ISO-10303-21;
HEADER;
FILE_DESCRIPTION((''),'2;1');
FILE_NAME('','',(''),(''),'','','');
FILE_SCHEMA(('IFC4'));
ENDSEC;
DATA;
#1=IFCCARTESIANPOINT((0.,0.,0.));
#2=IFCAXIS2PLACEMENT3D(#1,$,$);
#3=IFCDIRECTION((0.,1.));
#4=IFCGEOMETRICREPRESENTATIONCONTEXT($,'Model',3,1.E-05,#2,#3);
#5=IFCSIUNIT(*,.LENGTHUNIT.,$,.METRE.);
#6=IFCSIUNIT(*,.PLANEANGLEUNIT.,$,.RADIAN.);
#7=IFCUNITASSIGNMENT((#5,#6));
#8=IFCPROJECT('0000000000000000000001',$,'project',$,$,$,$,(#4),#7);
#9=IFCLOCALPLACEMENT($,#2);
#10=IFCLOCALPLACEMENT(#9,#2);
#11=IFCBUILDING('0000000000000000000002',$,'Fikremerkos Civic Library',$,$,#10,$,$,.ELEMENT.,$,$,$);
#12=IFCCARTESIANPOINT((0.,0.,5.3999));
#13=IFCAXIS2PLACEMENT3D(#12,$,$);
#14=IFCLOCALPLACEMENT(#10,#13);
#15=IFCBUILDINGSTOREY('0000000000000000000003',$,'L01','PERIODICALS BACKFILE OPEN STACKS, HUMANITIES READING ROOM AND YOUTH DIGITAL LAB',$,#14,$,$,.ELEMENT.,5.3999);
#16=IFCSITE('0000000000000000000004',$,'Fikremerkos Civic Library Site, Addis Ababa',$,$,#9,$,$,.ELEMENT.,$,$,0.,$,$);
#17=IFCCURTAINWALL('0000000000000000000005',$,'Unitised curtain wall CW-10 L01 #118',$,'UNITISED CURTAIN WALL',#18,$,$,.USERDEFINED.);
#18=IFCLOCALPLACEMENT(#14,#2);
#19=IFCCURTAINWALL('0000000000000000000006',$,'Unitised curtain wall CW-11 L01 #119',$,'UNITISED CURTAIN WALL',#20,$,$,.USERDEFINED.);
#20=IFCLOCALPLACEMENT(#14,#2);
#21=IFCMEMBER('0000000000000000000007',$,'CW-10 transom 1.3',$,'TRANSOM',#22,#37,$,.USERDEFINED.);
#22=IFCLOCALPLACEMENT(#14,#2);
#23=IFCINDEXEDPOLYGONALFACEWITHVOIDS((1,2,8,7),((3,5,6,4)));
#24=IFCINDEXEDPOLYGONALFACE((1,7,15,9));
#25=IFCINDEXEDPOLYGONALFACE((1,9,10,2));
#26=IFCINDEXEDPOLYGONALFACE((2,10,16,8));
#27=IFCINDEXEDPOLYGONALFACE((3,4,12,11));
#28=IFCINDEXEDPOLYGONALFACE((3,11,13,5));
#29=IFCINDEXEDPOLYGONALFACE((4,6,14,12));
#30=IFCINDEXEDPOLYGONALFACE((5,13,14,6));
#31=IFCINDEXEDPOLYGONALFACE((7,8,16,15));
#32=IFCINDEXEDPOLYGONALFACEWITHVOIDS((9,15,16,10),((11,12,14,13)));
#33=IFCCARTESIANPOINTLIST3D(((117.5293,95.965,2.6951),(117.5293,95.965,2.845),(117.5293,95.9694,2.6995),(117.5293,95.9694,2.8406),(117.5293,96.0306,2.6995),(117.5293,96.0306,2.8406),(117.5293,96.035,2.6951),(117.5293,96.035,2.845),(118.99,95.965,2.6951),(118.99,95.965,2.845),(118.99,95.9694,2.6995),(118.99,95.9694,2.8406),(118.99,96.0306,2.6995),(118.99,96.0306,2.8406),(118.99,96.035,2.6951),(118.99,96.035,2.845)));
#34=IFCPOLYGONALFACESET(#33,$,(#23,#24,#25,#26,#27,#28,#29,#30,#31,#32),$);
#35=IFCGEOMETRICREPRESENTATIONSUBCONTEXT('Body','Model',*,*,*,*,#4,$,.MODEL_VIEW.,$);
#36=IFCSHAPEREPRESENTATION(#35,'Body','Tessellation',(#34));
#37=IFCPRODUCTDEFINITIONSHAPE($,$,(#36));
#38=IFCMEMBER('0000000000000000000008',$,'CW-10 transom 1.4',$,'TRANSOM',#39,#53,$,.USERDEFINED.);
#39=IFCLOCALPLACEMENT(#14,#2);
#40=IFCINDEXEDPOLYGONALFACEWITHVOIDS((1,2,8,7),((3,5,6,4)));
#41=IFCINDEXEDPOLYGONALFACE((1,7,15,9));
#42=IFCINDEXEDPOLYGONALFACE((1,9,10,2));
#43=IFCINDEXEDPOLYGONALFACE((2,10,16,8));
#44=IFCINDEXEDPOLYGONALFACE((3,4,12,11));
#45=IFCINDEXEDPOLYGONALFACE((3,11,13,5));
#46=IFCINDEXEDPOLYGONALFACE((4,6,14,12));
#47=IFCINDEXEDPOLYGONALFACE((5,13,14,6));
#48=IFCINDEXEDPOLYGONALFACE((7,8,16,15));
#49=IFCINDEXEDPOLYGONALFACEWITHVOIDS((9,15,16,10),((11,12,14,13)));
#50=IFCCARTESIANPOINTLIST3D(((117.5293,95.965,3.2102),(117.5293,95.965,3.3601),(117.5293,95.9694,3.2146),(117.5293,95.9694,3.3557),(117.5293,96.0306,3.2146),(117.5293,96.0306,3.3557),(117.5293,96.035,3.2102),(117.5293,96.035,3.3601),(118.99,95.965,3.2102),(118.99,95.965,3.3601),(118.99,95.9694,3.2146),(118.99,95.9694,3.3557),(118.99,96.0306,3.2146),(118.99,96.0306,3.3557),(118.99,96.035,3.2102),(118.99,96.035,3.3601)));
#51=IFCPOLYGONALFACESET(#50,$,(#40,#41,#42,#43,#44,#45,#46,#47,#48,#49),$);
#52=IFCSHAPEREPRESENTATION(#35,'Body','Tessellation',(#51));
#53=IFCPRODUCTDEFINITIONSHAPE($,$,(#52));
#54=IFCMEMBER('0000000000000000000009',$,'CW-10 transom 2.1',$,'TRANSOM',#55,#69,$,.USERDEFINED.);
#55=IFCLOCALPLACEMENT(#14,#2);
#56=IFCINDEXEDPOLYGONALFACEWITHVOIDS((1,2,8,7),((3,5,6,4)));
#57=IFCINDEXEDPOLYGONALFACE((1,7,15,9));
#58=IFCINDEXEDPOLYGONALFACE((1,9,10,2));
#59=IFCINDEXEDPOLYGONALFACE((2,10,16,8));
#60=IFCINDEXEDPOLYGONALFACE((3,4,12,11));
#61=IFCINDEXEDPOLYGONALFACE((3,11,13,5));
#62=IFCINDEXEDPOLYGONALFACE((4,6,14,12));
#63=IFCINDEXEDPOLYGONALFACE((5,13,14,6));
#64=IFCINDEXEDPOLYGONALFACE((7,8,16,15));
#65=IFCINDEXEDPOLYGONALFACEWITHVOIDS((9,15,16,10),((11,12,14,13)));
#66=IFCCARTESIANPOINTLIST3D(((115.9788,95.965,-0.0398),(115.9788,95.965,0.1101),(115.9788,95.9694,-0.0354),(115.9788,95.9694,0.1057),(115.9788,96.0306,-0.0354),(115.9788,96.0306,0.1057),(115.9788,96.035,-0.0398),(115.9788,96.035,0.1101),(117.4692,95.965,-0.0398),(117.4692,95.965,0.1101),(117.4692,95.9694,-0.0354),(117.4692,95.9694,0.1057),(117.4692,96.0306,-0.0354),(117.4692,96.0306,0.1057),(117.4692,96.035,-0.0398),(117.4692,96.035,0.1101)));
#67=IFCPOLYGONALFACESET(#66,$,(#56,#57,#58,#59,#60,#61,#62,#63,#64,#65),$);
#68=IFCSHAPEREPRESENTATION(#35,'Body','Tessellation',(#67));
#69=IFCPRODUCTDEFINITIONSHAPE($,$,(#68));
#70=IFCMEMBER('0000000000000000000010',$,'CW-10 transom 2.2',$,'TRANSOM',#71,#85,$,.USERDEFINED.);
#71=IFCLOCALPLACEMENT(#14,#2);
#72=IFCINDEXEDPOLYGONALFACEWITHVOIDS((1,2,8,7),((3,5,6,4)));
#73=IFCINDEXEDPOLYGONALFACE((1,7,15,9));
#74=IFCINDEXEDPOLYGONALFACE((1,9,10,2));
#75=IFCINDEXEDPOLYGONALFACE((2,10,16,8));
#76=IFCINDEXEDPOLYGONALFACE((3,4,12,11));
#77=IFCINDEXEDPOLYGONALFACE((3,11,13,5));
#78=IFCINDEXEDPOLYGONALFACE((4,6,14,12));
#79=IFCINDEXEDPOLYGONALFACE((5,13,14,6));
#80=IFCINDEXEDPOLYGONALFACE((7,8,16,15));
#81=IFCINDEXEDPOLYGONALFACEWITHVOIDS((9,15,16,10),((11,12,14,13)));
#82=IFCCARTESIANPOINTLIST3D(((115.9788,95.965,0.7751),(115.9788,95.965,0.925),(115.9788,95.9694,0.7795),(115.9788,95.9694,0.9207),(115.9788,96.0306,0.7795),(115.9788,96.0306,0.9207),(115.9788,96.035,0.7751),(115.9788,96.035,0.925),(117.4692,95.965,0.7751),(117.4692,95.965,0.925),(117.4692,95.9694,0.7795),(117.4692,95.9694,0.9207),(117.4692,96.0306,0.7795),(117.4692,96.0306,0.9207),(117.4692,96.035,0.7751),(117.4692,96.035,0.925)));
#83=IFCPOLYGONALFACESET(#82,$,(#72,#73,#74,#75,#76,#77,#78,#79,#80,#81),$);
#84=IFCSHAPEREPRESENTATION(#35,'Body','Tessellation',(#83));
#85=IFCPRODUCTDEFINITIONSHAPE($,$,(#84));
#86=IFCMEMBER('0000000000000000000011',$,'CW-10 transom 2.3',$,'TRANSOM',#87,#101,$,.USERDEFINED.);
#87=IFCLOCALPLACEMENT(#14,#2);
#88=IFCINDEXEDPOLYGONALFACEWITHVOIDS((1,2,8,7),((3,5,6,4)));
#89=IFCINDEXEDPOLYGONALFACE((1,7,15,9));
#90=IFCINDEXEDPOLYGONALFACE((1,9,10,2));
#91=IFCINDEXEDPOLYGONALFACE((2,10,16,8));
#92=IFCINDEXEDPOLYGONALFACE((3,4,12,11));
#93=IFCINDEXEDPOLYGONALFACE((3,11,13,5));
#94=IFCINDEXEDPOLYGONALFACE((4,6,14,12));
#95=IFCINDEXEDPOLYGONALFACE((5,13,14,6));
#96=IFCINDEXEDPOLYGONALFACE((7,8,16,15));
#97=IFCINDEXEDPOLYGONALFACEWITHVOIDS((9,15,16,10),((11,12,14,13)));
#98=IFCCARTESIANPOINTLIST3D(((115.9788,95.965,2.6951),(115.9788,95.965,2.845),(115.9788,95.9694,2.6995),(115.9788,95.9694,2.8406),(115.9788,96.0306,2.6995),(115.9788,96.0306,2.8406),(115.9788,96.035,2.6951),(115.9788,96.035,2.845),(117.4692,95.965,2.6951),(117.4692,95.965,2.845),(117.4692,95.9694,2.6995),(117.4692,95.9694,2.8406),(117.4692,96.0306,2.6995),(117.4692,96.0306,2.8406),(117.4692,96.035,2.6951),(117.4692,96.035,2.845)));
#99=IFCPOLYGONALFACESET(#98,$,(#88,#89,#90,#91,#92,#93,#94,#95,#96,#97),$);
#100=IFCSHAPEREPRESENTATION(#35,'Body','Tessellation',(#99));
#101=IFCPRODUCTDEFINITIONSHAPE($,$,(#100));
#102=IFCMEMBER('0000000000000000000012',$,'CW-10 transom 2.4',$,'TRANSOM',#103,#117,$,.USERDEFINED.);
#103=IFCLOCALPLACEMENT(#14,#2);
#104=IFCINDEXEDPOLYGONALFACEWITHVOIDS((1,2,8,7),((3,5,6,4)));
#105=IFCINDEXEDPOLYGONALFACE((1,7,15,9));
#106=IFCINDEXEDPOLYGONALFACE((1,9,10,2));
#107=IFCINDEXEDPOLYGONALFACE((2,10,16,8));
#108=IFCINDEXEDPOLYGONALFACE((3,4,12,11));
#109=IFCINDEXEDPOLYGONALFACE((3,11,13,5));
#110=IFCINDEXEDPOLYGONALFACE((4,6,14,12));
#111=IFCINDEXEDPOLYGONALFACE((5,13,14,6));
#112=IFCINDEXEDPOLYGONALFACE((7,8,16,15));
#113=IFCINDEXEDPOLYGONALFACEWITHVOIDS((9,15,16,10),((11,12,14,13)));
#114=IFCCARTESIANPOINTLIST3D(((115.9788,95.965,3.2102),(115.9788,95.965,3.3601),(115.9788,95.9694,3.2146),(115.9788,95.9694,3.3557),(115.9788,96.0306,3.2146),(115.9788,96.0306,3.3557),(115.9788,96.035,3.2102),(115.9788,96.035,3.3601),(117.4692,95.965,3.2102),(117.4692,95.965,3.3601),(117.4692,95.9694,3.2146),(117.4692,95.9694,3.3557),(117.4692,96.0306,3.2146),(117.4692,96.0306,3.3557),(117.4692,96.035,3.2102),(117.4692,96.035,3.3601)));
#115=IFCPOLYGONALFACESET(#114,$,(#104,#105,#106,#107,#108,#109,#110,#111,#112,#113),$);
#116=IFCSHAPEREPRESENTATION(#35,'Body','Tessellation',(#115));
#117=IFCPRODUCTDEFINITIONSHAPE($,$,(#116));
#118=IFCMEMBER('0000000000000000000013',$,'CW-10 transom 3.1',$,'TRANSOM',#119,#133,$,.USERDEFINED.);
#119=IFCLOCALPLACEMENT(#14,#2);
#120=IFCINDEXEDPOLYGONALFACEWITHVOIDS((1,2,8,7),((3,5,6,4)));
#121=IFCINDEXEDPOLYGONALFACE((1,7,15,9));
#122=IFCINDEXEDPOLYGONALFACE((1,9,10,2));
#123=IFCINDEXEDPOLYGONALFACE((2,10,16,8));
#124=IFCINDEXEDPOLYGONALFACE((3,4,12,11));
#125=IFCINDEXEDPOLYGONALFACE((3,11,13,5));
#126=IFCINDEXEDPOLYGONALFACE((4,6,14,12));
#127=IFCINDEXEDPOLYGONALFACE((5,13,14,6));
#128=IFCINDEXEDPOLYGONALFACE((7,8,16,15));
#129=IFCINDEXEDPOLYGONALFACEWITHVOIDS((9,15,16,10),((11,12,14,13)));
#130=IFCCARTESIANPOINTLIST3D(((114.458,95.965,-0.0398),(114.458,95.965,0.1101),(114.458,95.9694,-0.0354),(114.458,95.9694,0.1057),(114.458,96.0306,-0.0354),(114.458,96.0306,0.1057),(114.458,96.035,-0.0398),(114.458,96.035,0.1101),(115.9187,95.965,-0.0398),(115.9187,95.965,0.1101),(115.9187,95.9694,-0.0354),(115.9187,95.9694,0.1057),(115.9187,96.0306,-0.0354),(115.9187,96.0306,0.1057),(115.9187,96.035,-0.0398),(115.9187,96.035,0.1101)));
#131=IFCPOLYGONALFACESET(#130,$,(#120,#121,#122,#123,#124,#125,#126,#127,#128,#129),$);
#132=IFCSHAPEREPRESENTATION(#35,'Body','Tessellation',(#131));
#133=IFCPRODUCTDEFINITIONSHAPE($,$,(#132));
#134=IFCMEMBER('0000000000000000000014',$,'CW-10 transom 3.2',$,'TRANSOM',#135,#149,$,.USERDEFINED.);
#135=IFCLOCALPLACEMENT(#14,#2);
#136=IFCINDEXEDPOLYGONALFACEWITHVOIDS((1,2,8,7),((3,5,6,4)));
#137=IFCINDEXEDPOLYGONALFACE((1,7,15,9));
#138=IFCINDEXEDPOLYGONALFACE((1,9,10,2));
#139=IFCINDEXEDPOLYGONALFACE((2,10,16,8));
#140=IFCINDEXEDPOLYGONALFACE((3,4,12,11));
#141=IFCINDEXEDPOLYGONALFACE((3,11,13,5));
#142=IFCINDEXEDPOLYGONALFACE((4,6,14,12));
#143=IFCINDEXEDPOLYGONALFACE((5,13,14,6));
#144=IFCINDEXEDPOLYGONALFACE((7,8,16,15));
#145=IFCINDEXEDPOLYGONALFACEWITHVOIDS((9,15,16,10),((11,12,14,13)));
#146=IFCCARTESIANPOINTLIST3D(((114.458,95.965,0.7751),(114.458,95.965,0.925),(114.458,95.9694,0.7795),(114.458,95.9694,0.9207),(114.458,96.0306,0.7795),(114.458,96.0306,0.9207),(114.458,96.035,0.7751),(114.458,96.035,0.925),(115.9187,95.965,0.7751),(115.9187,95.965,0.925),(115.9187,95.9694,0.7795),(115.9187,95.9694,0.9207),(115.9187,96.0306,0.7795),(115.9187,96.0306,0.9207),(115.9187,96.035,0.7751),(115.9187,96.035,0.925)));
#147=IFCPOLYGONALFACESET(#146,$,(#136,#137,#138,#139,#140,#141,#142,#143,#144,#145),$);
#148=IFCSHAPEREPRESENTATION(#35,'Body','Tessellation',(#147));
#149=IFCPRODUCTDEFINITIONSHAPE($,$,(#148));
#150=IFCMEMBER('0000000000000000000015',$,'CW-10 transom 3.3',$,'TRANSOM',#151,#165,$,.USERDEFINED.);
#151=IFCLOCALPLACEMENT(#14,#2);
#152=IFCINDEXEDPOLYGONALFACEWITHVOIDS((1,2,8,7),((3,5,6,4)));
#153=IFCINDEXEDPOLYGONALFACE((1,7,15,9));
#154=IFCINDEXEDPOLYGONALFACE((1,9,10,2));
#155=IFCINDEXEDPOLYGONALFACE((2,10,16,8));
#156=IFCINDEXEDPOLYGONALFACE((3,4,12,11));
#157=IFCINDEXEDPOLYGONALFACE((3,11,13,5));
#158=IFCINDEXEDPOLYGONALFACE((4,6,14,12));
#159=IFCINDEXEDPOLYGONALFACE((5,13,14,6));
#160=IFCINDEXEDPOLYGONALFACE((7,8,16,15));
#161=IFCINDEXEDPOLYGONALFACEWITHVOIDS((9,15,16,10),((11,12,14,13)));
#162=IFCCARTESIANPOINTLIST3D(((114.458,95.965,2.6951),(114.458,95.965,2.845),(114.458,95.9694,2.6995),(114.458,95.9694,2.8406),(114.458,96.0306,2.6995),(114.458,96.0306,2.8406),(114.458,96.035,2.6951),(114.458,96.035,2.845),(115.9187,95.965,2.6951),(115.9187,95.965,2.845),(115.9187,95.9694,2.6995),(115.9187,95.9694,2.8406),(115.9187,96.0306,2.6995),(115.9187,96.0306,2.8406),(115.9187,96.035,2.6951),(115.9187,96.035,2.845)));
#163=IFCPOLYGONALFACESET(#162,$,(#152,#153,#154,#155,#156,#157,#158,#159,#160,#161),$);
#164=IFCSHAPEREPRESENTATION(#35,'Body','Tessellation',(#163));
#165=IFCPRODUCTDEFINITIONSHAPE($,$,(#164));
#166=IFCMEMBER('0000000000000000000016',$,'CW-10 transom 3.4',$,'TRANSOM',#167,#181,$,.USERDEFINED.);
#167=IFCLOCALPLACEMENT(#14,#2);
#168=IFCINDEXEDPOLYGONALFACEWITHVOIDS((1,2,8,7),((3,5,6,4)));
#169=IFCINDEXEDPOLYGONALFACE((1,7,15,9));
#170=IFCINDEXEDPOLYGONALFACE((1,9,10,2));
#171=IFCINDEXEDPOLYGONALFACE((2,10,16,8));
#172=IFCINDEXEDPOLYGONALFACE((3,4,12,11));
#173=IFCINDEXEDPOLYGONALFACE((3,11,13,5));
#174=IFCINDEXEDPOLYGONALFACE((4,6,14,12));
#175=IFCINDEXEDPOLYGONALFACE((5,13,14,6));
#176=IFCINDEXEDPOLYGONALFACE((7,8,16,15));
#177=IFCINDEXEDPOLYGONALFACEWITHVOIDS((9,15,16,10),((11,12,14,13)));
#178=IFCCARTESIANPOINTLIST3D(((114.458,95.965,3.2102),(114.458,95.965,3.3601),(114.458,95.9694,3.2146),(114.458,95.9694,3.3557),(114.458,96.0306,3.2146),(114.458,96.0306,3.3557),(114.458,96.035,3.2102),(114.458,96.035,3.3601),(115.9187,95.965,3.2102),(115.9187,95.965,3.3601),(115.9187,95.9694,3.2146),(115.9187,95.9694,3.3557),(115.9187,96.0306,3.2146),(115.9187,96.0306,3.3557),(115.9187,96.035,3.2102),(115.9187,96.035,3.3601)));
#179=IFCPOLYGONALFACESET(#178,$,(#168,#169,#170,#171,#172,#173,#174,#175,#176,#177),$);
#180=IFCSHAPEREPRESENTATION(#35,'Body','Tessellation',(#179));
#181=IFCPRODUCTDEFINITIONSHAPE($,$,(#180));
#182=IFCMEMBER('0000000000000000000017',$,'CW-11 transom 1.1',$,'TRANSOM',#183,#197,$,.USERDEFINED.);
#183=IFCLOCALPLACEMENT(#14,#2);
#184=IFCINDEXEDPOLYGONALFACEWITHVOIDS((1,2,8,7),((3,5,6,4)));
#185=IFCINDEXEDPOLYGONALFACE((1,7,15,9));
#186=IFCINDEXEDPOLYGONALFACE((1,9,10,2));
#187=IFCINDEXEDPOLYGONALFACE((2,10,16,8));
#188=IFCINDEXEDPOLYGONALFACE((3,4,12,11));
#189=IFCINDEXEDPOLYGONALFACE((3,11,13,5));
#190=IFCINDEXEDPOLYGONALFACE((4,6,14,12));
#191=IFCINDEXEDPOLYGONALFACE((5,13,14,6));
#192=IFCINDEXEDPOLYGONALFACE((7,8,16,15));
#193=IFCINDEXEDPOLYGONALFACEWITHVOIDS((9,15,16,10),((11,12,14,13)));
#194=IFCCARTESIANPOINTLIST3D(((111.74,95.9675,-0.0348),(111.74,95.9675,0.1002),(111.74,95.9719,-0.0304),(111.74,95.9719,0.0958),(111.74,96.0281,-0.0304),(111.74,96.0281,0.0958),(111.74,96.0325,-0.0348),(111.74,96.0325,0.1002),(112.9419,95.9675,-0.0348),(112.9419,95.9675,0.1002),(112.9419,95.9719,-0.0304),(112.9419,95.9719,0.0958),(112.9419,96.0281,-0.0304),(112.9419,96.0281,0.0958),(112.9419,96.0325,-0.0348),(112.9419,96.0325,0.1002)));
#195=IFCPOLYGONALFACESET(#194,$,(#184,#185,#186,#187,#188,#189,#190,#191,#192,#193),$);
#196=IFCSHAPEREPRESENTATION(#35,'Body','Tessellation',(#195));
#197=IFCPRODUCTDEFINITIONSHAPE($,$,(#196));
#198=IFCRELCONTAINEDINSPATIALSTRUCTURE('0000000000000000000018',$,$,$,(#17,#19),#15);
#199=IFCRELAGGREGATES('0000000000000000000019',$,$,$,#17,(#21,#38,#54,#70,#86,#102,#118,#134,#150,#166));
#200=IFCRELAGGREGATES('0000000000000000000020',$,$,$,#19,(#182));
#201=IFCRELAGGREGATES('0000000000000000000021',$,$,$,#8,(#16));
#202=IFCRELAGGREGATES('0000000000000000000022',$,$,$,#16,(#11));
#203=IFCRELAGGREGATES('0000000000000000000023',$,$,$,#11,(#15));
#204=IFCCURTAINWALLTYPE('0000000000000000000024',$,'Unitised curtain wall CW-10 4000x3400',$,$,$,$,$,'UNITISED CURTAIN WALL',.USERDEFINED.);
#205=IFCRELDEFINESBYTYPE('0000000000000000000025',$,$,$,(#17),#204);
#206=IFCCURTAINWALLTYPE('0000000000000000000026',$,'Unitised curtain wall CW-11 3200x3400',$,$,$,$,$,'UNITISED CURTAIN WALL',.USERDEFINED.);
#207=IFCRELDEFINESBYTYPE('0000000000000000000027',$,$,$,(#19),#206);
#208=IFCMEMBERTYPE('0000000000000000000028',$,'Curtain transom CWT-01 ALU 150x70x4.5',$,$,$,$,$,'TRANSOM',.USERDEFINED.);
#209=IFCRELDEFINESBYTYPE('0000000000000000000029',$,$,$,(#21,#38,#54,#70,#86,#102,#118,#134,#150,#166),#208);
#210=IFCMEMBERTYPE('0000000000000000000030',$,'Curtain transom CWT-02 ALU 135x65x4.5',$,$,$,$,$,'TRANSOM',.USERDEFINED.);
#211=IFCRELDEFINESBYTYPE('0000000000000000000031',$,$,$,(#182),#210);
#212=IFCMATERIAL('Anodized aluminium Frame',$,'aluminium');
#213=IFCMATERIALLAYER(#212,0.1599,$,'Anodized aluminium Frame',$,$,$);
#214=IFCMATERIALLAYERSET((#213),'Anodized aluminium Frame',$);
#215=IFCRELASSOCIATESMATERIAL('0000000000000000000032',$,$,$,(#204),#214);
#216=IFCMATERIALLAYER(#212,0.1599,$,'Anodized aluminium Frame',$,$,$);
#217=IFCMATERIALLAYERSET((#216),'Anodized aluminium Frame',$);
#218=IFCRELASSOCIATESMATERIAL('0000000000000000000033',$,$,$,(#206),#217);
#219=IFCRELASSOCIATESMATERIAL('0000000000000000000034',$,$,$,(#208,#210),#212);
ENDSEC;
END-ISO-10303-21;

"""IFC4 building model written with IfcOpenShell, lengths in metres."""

from ifc_helpers import new_model, si_unit, direction, frame, origin, origin_2d, place, context, subcontext, project, spatial, hollow_rectangle, extrude, material, layer, layer_set, material_profile, profile_set, type_object, element, aggregate, save


model = new_model("IFC4")

# Units and contexts
model_context = context("Model", 3, precision=1e-05, world=origin(), true_north=direction((0.0, 1.0)))
body_context = subcontext(model_context, "Body", "Model", "MODEL_VIEW")
ifc_project = project(units=[si_unit("LENGTHUNIT", "METRE"), si_unit("PLANEANGLEUNIT", "RADIAN")], contexts=[model_context])

# Site, building, storey
site_placement = place(None, origin())
site = spatial("IfcSite", under=ifc_project, at=site_placement, Name="Fikremerkos Civic Library Site, Addis Ababa", CompositionType="ELEMENT", RefElevation=0.0)
building_placement = place(site_placement, origin())
building = spatial("IfcBuilding", under=site, at=building_placement, Name="Fikremerkos Civic Library", CompositionType="ELEMENT")
storey_placement = place(building_placement, frame((0.0, 0.0, 5.3999)))
storey = spatial("IfcBuildingStorey", under=building, at=storey_placement, Name="L01", Description="PERIODICALS BACKFILE OPEN STACKS, HUMANITIES READING ROOM AND YOUTH DIGITAL LAB", CompositionType="ELEMENT", Elevation=5.3999)

# Shared definitions
ifc_material_1 = material(Name="Anodized aluminium Frame", Category="aluminium")

# Curtain wall
ifc_layer_1 = layer(ifc_material_1, 0.1599, Name="Anodized aluminium Frame")
ifc_layer_set_1 = layer_set([ifc_layer_1], Name="Anodized aluminium Frame")
curtain_wall_type_1 = type_object("IfcCurtainWallType", Name="Unitised curtain wall CW-10 4000x3400", ElementType="UNITISED CURTAIN WALL", PredefinedType="USERDEFINED", material=ifc_layer_set_1)
curtain_wall_1_placement = place(storey_placement, origin())
curtain_wall_1 = element("IfcCurtainWall", 1, at=curtain_wall_1_placement, inside=storey, type_object=curtain_wall_type_1, Name="Unitised curtain wall CW-10 L01 #118", ObjectType="UNITISED CURTAIN WALL", PredefinedType="USERDEFINED")

# Curtain wall
ifc_layer_2 = layer(ifc_material_1, 0.1599, Name="Anodized aluminium Frame")
ifc_layer_set_2 = layer_set([ifc_layer_2], Name="Anodized aluminium Frame")
curtain_wall_type_2 = type_object("IfcCurtainWallType", Name="Unitised curtain wall CW-11 3200x3400", ElementType="UNITISED CURTAIN WALL", PredefinedType="USERDEFINED", material=ifc_layer_set_2)
curtain_wall_2_placement = place(storey_placement, origin())
curtain_wall_2 = element("IfcCurtainWall", 2, at=curtain_wall_2_placement, inside=storey, type_object=curtain_wall_type_2, Name="Unitised curtain wall CW-11 L01 #119", ObjectType="UNITISED CURTAIN WALL", PredefinedType="USERDEFINED")

# Members
ifc_material_profile_1 = material_profile(ifc_material_1, hollow_rectangle(XDim=0.0701, YDim=0.1499, WallThickness=0.0044, at=origin_2d()), Name="ALU 150x70x4.5")
ifc_profile_set_1 = profile_set([ifc_material_profile_1], Name="Anodized aluminium Frame")
member_type_1 = type_object("IfcMemberType", Name="Curtain transom CWT-01 ALU 150x70x4.5", ElementType="TRANSOM", PredefinedType="USERDEFINED", material=ifc_profile_set_1)
member_1_placement = place(storey_placement, frame((118.99, 96.0, 2.77), z_axis=(-1.0, 0.0, 0.0), x_axis=(0.0, -1.0, 0.0)))
member_1 = element("IfcMember", 3, at=member_1_placement, type_object=member_type_1, Name="CW-10 transom 1.3", ObjectType="TRANSOM", PredefinedType="USERDEFINED", context=body_context, shape_type="SweptSolid", body=[
    extrude(hollow_rectangle(XDim=0.0701, YDim=0.1499, WallThickness=0.0044, at=origin_2d()), origin(), (0.0, 0.0, 1.0), 1.4607),
])
member_2_placement = place(storey_placement, frame((118.99, 96.0, 3.2852), z_axis=(-1.0, 0.0, 0.0), x_axis=(0.0, -1.0, 0.0)))
member_2 = element("IfcMember", 4, at=member_2_placement, type_object=member_type_1, Name="CW-10 transom 1.4", ObjectType="TRANSOM", PredefinedType="USERDEFINED", context=body_context, shape_type="SweptSolid", body=[
    extrude(hollow_rectangle(XDim=0.0701, YDim=0.1499, WallThickness=0.0044, at=origin_2d()), origin(), (0.0, 0.0, 1.0), 1.4607),
])
member_3_placement = place(storey_placement, frame((117.4692, 96.0, 0.0352), z_axis=(-1.0, 0.0, 0.0), x_axis=(0.0, -1.0, 0.0)))
member_3 = element("IfcMember", 5, at=member_3_placement, type_object=member_type_1, Name="CW-10 transom 2.1", ObjectType="TRANSOM", PredefinedType="USERDEFINED", context=body_context, shape_type="SweptSolid", body=[
    extrude(hollow_rectangle(XDim=0.0701, YDim=0.1499, WallThickness=0.0044, at=origin_2d()), origin(), (0.0, 0.0, 1.0), 1.4905),
])
member_4_placement = place(storey_placement, frame((117.4692, 96.0, 0.8501), z_axis=(-1.0, 0.0, 0.0), x_axis=(0.0, -1.0, 0.0)))
member_4 = element("IfcMember", 6, at=member_4_placement, type_object=member_type_1, Name="CW-10 transom 2.2", ObjectType="TRANSOM", PredefinedType="USERDEFINED", context=body_context, shape_type="SweptSolid", body=[
    extrude(hollow_rectangle(XDim=0.0701, YDim=0.1499, WallThickness=0.0044, at=origin_2d()), origin(), (0.0, 0.0, 1.0), 1.4905),
])
member_5_placement = place(storey_placement, frame((117.4692, 96.0, 2.77), z_axis=(-1.0, 0.0, 0.0), x_axis=(0.0, -1.0, 0.0)))
member_5 = element("IfcMember", 7, at=member_5_placement, type_object=member_type_1, Name="CW-10 transom 2.3", ObjectType="TRANSOM", PredefinedType="USERDEFINED", context=body_context, shape_type="SweptSolid", body=[
    extrude(hollow_rectangle(XDim=0.0701, YDim=0.1499, WallThickness=0.0044, at=origin_2d()), origin(), (0.0, 0.0, 1.0), 1.4905),
])
member_6_placement = place(storey_placement, frame((117.4692, 96.0, 3.2852), z_axis=(-1.0, 0.0, 0.0), x_axis=(0.0, -1.0, 0.0)))
member_6 = element("IfcMember", 8, at=member_6_placement, type_object=member_type_1, Name="CW-10 transom 2.4", ObjectType="TRANSOM", PredefinedType="USERDEFINED", context=body_context, shape_type="SweptSolid", body=[
    extrude(hollow_rectangle(XDim=0.0701, YDim=0.1499, WallThickness=0.0044, at=origin_2d()), origin(), (0.0, 0.0, 1.0), 1.4905),
])
member_7_placement = place(storey_placement, frame((115.9187, 96.0, 0.0352), z_axis=(-1.0, 0.0, 0.0), x_axis=(0.0, -1.0, 0.0)))
member_7 = element("IfcMember", 9, at=member_7_placement, type_object=member_type_1, Name="CW-10 transom 3.1", ObjectType="TRANSOM", PredefinedType="USERDEFINED", context=body_context, shape_type="SweptSolid", body=[
    extrude(hollow_rectangle(XDim=0.0701, YDim=0.1499, WallThickness=0.0044, at=origin_2d()), origin(), (0.0, 0.0, 1.0), 1.4607),
])
member_8_placement = place(storey_placement, frame((115.9187, 96.0, 0.8501), z_axis=(-1.0, 0.0, 0.0), x_axis=(0.0, -1.0, 0.0)))
member_8 = element("IfcMember", 10, at=member_8_placement, type_object=member_type_1, Name="CW-10 transom 3.2", ObjectType="TRANSOM", PredefinedType="USERDEFINED", context=body_context, shape_type="SweptSolid", body=[
    extrude(hollow_rectangle(XDim=0.0701, YDim=0.1499, WallThickness=0.0044, at=origin_2d()), origin(), (0.0, 0.0, 1.0), 1.4607),
])
member_9_placement = place(storey_placement, frame((115.9187, 96.0, 2.77), z_axis=(-1.0, 0.0, 0.0), x_axis=(0.0, -1.0, 0.0)))
member_9 = element("IfcMember", 11, at=member_9_placement, type_object=member_type_1, Name="CW-10 transom 3.3", ObjectType="TRANSOM", PredefinedType="USERDEFINED", context=body_context, shape_type="SweptSolid", body=[
    extrude(hollow_rectangle(XDim=0.0701, YDim=0.1499, WallThickness=0.0044, at=origin_2d()), origin(), (0.0, 0.0, 1.0), 1.4607),
])
member_10_placement = place(storey_placement, frame((115.9187, 96.0, 3.2852), z_axis=(-1.0, 0.0, 0.0), x_axis=(0.0, -1.0, 0.0)))
member_10 = element("IfcMember", 12, at=member_10_placement, type_object=member_type_1, Name="CW-10 transom 3.4", ObjectType="TRANSOM", PredefinedType="USERDEFINED", context=body_context, shape_type="SweptSolid", body=[
    extrude(hollow_rectangle(XDim=0.0701, YDim=0.1499, WallThickness=0.0044, at=origin_2d()), origin(), (0.0, 0.0, 1.0), 1.4607),
])
ifc_material_profile_2 = material_profile(ifc_material_1, hollow_rectangle(XDim=0.0649, YDim=0.135, WallThickness=0.0044, at=origin_2d()), Name="ALU 135x65x4.5")
ifc_profile_set_2 = profile_set([ifc_material_profile_2], Name="Anodized aluminium Frame")
member_type_2 = type_object("IfcMemberType", Name="Curtain transom CWT-02 ALU 135x65x4.5", ElementType="TRANSOM", PredefinedType="USERDEFINED", material=ifc_profile_set_2)
member_11_placement = place(storey_placement, frame((112.9419, 96.0, 0.0327), z_axis=(-1.0, 0.0, 0.0), x_axis=(0.0, -1.0, 0.0)))
member_11 = element("IfcMember", 13, at=member_11_placement, type_object=member_type_2, Name="CW-11 transom 1.1", ObjectType="TRANSOM", PredefinedType="USERDEFINED", context=body_context, shape_type="SweptSolid", body=[
    extrude(hollow_rectangle(XDim=0.0649, YDim=0.135, WallThickness=0.0044, at=origin_2d()), origin(), (0.0, 0.0, 1.0), 1.2019),
])

aggregate(curtain_wall_1, [member_1, member_2, member_3, member_4, member_5, member_6, member_7, member_8, member_9, member_10])
aggregate(curtain_wall_2, [member_11])

save(model, "model.ifc")
